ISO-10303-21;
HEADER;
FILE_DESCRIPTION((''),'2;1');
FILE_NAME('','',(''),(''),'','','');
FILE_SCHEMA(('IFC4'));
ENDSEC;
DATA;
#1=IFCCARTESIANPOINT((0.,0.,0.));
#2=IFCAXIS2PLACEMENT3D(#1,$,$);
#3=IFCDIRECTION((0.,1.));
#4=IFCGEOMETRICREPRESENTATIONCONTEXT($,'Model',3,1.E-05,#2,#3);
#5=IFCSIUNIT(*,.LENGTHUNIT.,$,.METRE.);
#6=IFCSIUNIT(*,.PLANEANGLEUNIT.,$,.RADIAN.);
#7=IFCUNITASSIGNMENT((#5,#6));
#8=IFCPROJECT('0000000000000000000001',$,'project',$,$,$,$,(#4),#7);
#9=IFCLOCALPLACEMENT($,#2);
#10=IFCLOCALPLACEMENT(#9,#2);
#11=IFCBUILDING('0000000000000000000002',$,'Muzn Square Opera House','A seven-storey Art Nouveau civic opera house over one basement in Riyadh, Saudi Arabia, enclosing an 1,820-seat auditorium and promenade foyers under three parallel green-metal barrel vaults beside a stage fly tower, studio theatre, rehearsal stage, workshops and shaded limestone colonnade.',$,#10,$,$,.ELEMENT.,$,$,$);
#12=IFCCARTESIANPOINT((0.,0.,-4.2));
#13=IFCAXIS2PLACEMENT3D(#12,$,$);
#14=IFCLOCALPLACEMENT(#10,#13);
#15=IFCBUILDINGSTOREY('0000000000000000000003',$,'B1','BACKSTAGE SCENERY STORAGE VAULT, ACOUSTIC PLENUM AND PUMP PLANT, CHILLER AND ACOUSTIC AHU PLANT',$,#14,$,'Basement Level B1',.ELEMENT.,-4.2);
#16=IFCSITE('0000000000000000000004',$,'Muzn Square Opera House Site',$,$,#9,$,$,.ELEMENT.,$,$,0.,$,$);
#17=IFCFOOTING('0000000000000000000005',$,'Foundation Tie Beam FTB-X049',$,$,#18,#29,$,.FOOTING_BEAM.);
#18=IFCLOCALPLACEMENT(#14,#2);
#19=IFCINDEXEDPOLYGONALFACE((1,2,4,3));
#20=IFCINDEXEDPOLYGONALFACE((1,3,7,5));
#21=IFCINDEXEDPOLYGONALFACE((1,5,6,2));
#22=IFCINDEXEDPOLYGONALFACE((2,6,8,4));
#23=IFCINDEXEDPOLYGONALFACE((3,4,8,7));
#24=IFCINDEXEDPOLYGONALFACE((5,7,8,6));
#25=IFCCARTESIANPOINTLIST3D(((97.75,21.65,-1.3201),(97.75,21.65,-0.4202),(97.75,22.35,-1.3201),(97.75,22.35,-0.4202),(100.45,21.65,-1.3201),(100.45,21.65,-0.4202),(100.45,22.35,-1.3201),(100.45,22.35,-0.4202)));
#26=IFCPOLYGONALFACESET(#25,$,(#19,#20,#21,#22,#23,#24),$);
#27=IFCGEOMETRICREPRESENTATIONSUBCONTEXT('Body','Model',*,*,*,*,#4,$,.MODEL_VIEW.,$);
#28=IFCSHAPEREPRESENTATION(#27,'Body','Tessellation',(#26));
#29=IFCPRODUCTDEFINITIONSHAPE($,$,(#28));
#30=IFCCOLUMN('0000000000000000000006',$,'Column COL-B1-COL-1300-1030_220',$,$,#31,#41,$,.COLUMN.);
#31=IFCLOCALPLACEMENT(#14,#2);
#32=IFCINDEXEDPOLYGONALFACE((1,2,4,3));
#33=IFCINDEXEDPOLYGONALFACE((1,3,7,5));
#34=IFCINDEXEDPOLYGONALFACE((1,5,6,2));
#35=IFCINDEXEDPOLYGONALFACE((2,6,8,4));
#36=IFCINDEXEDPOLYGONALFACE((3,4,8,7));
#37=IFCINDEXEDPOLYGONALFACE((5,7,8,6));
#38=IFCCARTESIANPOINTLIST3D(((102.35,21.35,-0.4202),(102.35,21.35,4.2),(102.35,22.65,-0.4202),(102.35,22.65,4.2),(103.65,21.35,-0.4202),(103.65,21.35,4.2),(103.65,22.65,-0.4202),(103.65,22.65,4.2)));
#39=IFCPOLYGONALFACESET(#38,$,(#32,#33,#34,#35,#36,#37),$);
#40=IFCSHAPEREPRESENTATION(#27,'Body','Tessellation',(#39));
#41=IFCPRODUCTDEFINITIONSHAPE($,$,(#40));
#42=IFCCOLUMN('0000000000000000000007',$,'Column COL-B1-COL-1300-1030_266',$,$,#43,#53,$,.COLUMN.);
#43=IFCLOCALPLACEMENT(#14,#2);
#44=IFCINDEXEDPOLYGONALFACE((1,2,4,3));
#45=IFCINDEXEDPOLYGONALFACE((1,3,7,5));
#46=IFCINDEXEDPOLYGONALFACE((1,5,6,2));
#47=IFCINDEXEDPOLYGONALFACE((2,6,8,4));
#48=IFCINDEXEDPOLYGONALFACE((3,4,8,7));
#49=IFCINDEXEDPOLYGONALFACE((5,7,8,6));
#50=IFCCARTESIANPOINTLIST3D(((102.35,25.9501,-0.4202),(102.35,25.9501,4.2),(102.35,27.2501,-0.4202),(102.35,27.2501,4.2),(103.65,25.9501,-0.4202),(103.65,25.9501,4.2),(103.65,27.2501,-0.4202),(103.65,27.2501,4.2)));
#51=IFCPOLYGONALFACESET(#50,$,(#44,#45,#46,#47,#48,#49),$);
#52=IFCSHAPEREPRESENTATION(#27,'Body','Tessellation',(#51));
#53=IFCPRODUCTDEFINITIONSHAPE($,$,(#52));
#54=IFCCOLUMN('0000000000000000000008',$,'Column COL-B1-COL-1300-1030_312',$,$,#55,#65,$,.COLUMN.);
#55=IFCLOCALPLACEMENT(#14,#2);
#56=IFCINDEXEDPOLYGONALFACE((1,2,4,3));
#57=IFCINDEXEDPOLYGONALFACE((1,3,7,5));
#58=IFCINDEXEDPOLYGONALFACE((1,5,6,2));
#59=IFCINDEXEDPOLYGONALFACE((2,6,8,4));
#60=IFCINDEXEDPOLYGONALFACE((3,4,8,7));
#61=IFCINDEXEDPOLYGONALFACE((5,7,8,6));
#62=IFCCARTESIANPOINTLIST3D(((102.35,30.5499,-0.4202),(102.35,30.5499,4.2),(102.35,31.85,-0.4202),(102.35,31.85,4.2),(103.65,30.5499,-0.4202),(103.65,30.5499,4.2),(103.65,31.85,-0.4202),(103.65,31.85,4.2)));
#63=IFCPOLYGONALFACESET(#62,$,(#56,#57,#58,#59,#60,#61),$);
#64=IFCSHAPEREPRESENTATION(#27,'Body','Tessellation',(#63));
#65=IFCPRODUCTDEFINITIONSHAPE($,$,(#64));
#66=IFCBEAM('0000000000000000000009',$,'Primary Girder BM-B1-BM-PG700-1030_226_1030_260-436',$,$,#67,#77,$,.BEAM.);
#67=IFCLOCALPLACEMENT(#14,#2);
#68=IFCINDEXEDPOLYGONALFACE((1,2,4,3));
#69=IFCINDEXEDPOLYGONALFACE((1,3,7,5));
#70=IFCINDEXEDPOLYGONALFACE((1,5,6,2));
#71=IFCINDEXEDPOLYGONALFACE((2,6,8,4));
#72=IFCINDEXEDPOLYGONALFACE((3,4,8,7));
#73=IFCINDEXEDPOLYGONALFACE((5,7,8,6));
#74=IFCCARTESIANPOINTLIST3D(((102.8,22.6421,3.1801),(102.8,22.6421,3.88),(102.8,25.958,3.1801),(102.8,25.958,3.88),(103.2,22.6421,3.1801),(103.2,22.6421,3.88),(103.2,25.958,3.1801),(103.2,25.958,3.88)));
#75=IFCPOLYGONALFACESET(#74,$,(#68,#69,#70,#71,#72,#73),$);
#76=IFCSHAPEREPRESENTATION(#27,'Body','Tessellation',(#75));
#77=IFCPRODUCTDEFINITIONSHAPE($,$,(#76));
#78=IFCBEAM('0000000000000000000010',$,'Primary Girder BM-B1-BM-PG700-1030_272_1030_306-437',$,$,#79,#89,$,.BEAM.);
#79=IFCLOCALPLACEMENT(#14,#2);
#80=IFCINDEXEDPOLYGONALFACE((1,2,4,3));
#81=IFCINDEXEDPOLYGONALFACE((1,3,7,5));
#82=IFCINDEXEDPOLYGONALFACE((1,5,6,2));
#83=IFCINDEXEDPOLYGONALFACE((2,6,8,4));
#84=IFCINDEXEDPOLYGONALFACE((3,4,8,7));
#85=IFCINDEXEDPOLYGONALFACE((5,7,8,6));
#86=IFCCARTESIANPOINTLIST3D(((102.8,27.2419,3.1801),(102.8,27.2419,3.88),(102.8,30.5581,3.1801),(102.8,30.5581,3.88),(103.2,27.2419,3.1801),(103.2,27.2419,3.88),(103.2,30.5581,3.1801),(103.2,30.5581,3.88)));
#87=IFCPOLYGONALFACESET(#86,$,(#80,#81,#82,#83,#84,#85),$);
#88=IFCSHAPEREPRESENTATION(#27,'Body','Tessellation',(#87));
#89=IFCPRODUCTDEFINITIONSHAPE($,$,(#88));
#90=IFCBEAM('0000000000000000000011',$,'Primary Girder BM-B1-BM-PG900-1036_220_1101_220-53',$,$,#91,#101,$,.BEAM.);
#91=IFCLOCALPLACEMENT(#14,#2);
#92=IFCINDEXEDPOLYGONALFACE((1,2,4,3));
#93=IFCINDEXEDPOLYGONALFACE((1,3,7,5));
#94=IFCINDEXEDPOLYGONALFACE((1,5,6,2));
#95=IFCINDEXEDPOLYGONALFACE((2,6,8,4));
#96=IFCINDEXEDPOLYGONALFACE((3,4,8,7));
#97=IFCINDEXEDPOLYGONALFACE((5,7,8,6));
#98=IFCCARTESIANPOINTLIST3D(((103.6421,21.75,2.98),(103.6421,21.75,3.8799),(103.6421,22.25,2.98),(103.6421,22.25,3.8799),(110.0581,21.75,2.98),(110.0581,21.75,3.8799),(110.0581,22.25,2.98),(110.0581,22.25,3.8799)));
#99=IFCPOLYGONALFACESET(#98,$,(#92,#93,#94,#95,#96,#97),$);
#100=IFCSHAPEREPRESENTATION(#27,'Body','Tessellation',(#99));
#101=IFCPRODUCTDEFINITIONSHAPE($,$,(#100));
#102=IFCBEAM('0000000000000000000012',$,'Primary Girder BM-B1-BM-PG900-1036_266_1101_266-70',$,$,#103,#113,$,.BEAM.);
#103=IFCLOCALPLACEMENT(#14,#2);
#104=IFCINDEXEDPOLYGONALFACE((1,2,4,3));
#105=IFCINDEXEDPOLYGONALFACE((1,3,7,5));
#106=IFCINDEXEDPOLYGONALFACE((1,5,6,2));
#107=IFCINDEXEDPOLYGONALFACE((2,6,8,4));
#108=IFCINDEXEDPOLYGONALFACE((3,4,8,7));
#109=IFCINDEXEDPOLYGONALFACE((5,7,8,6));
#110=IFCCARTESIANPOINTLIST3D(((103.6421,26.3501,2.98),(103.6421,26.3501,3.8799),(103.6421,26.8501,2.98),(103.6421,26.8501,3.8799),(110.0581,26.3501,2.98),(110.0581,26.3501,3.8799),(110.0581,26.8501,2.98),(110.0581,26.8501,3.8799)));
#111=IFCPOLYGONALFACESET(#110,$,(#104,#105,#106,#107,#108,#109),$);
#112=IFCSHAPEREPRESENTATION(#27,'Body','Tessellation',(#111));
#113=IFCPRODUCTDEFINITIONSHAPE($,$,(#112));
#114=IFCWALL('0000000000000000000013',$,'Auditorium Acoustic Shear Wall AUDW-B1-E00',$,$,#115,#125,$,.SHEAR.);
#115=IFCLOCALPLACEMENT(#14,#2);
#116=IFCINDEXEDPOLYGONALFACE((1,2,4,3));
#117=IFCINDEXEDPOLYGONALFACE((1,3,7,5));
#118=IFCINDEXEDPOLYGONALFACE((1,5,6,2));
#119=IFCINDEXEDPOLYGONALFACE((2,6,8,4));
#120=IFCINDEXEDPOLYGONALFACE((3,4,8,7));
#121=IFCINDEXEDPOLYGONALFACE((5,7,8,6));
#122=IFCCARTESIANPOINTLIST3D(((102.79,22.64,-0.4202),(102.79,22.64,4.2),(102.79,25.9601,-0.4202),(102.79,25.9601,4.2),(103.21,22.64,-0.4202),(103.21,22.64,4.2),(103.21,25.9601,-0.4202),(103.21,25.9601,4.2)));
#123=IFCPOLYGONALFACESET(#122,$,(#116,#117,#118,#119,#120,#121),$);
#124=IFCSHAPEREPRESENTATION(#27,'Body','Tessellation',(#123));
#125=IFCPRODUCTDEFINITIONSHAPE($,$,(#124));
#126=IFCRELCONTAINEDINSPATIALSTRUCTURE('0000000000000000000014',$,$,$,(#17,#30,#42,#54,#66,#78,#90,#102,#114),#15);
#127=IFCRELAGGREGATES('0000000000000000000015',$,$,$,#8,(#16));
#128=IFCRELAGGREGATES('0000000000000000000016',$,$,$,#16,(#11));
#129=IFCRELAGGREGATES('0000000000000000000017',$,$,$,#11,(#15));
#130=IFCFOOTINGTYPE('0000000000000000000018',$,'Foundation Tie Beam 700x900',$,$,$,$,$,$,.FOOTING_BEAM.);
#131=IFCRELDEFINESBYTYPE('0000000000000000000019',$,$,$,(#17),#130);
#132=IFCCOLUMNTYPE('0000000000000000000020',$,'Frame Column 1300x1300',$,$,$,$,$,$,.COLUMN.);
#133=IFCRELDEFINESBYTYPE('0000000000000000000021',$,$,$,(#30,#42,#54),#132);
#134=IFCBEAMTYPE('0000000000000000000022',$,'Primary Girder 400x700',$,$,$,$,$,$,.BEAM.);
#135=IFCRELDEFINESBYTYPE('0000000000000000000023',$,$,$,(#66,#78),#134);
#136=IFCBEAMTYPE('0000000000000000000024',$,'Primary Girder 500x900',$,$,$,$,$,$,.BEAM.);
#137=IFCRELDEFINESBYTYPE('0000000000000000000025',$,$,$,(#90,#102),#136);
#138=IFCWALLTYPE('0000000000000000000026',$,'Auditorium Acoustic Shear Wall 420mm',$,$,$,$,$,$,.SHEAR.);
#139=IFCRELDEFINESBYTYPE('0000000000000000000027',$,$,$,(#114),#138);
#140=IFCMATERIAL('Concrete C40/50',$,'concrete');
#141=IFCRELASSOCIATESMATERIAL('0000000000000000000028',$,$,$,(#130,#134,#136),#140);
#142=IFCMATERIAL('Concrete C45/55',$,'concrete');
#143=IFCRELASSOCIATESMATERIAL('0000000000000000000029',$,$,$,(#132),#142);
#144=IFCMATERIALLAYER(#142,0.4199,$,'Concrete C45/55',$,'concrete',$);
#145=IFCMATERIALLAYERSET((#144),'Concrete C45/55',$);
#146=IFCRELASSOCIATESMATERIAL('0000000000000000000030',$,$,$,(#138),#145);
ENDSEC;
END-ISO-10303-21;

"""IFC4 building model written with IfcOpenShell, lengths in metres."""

from ifc_helpers import new_model, si_unit, direction, frame, frame_2d, origin, origin_2d, place, context, subcontext, project, spatial, rectangle, extrude, material, layer, layer_set, material_profile, profile_set, type_object, element, save


model = new_model("IFC4")

# Units and contexts
model_context = context("Model", 3, precision=1e-05, world=origin(), true_north=direction((0.0, 1.0)))
body_context = subcontext(model_context, "Body", "Model", "MODEL_VIEW")
ifc_project = project(units=[si_unit("LENGTHUNIT", "METRE"), si_unit("PLANEANGLEUNIT", "RADIAN")], contexts=[model_context])

# Site, building, storey
site_placement = place(None, origin())
site = spatial("IfcSite", under=ifc_project, at=site_placement, Name="Muzn Square Opera House Site", CompositionType="ELEMENT", RefElevation=0.0)
building_placement = place(site_placement, origin())
building = spatial("IfcBuilding", under=site, at=building_placement, Name="Muzn Square Opera House", Description="A seven-storey Art Nouveau civic opera house over one basement in Riyadh, Saudi Arabia, enclosing an 1,820-seat auditorium and promenade foyers under three parallel green-metal barrel vaults beside a stage fly tower, studio theatre, rehearsal stage, workshops and shaded limestone colonnade.", CompositionType="ELEMENT")
storey_placement = place(building_placement, frame((0.0, 0.0, -4.2)))
storey = spatial("IfcBuildingStorey", under=building, at=storey_placement, Name="B1", Description="BACKSTAGE SCENERY STORAGE VAULT, ACOUSTIC PLENUM AND PUMP PLANT, CHILLER AND ACOUSTIC AHU PLANT", LongName="Basement Level B1", CompositionType="ELEMENT", Elevation=-4.2)

# Shared definitions
ifc_material_1 = material(Name="Concrete C40/50", Category="concrete")

# Footing
ifc_material_profile_1 = material_profile(ifc_material_1, rectangle(XDim=0.7, YDim=0.8999, at=origin_2d()), Name="RCTB 700x900", Category="concrete")
ifc_profile_set_1 = profile_set([ifc_material_profile_1], Name="Concrete C40/50")
footing_type = type_object("IfcFootingType", Name="Foundation Tie Beam 700x900", PredefinedType="FOOTING_BEAM", material=ifc_profile_set_1)
footing_placement = place(storey_placement, frame((97.75, 22.0, -0.8701), z_axis=(1.0, 0.0, 0.0), x_axis=(0.0, 1.0, 0.0)))
element("IfcFooting", 1, at=footing_placement, inside=storey, type_object=footing_type, Name="Foundation Tie Beam FTB-X049", PredefinedType="FOOTING_BEAM", context=body_context, shape_type="SweptSolid", body=[
    extrude(rectangle(XDim=0.7, YDim=0.8999, at=origin_2d()), origin(), (0.0, 0.0, 1.0), 2.7),
])

# Columns
ifc_material_2 = material(Name="Concrete C45/55", Category="concrete")
ifc_material_profile_2 = material_profile(ifc_material_2, rectangle(XDim=1.3, YDim=1.3, at=origin_2d()), Name="RC 1300x1300", Category="concrete")
ifc_profile_set_2 = profile_set([ifc_material_profile_2], Name="Concrete C45/55")
column_type = type_object("IfcColumnType", Name="Frame Column 1300x1300", PredefinedType="COLUMN", material=ifc_profile_set_2)
for number, where, z_axis, x_axis, name in (
    (2, (103.0, 22.0, -0.4202), (0.0, 0.0, 1.0), (1.0, 0.0, 0.0), "Column COL-B1-COL-1300-1030_220"),
    (3, (103.0, 26.6001, -0.4202), (0.0, 0.0, 1.0), (1.0, 0.0, 0.0), "Column COL-B1-COL-1300-1030_266"),
    (4, (103.0, 31.2, -0.4202), (0.0, 0.0, 1.0), (1.0, 0.0, 0.0), "Column COL-B1-COL-1300-1030_312"),
):
    element("IfcColumn", number, at=place(storey_placement, frame(where, z_axis=z_axis, x_axis=x_axis)), inside=storey, type_object=column_type, Name=name, PredefinedType="COLUMN", context=body_context, shape_type="SweptSolid", body=[
        extrude(rectangle(XDim=1.3, YDim=1.3, at=origin_2d()), origin(), (0.0, 0.0, 1.0), 4.6201),
    ])

# Beams
ifc_material_profile_3 = material_profile(ifc_material_1, rectangle(XDim=0.3999, YDim=0.7, at=origin_2d()), Name="RCB 400x700", Category="concrete")
ifc_profile_set_3 = profile_set([ifc_material_profile_3], Name="Concrete C40/50")
beam_type_1 = type_object("IfcBeamType", Name="Primary Girder 400x700", PredefinedType="BEAM", material=ifc_profile_set_3)
beam_1_placement = place(storey_placement, frame((103.0, 22.6421, 3.53), z_axis=(0.0, 1.0, 0.0), x_axis=(-1.0, 0.0, 0.0)))
element("IfcBeam", 5, at=beam_1_placement, inside=storey, type_object=beam_type_1, Name="Primary Girder BM-B1-BM-PG700-1030_226_1030_260-436", PredefinedType="BEAM", context=body_context, shape_type="SweptSolid", body=[
    extrude(rectangle(XDim=0.3999, YDim=0.7, at=origin_2d()), origin(), (0.0, 0.0, 1.0), 3.3159),
])
beam_2_placement = place(storey_placement, frame((103.0, 27.2419, 3.53), z_axis=(0.0, 1.0, 0.0), x_axis=(-1.0, 0.0, 0.0)))
element("IfcBeam", 6, at=beam_2_placement, inside=storey, type_object=beam_type_1, Name="Primary Girder BM-B1-BM-PG700-1030_272_1030_306-437", PredefinedType="BEAM", context=body_context, shape_type="SweptSolid", body=[
    extrude(rectangle(XDim=0.3999, YDim=0.7, at=origin_2d()), origin(), (0.0, 0.0, 1.0), 3.3162),
])
ifc_material_profile_4 = material_profile(ifc_material_1, rectangle(XDim=0.5, YDim=0.8999, at=origin_2d()), Name="RCB 500x900", Category="concrete")
ifc_profile_set_4 = profile_set([ifc_material_profile_4], Name="Concrete C40/50")
beam_type_2 = type_object("IfcBeamType", Name="Primary Girder 500x900", PredefinedType="BEAM", material=ifc_profile_set_4)
for number, where, z_axis, x_axis, name in (
    (7, (103.6421, 22.0, 3.4299), (1.0, 0.0, 0.0), (0.0, 1.0, 0.0), "Primary Girder BM-B1-BM-PG900-1036_220_1101_220-53"),
    (8, (103.6421, 26.6001, 3.4299), (1.0, 0.0, 0.0), (0.0, 1.0, 0.0), "Primary Girder BM-B1-BM-PG900-1036_266_1101_266-70"),
):
    element("IfcBeam", number, at=place(storey_placement, frame(where, z_axis=z_axis, x_axis=x_axis)), inside=storey, type_object=beam_type_2, Name=name, PredefinedType="BEAM", context=body_context, shape_type="SweptSolid", body=[
        extrude(rectangle(XDim=0.5, YDim=0.8999, at=origin_2d()), origin(), (0.0, 0.0, 1.0), 6.416),
    ])

# Wall
ifc_layer = layer(ifc_material_2, 0.4199, Name="Concrete C45/55", Category="concrete")
ifc_layer_set = layer_set([ifc_layer], Name="Concrete C45/55")
wall_type = type_object("IfcWallType", Name="Auditorium Acoustic Shear Wall 420mm", PredefinedType="SHEAR", material=ifc_layer_set)
wall_placement = place(storey_placement, frame((103.0, 22.6399, -0.4202), z_axis=(0.0, 0.0, 1.0), x_axis=(0.0, 1.0, 0.0)))
element("IfcWall", 9, at=wall_placement, inside=storey, type_object=wall_type, Name="Auditorium Acoustic Shear Wall AUDW-B1-E00", PredefinedType="SHEAR", context=body_context, shape_type="SweptSolid", body=[
    extrude(rectangle(XDim=3.3201, YDim=0.4199, at=frame_2d((1.6602, 0.0))), origin(), (0.0, 0.0, 1.0), 4.6201),
])

save(model, "model.ifc")
